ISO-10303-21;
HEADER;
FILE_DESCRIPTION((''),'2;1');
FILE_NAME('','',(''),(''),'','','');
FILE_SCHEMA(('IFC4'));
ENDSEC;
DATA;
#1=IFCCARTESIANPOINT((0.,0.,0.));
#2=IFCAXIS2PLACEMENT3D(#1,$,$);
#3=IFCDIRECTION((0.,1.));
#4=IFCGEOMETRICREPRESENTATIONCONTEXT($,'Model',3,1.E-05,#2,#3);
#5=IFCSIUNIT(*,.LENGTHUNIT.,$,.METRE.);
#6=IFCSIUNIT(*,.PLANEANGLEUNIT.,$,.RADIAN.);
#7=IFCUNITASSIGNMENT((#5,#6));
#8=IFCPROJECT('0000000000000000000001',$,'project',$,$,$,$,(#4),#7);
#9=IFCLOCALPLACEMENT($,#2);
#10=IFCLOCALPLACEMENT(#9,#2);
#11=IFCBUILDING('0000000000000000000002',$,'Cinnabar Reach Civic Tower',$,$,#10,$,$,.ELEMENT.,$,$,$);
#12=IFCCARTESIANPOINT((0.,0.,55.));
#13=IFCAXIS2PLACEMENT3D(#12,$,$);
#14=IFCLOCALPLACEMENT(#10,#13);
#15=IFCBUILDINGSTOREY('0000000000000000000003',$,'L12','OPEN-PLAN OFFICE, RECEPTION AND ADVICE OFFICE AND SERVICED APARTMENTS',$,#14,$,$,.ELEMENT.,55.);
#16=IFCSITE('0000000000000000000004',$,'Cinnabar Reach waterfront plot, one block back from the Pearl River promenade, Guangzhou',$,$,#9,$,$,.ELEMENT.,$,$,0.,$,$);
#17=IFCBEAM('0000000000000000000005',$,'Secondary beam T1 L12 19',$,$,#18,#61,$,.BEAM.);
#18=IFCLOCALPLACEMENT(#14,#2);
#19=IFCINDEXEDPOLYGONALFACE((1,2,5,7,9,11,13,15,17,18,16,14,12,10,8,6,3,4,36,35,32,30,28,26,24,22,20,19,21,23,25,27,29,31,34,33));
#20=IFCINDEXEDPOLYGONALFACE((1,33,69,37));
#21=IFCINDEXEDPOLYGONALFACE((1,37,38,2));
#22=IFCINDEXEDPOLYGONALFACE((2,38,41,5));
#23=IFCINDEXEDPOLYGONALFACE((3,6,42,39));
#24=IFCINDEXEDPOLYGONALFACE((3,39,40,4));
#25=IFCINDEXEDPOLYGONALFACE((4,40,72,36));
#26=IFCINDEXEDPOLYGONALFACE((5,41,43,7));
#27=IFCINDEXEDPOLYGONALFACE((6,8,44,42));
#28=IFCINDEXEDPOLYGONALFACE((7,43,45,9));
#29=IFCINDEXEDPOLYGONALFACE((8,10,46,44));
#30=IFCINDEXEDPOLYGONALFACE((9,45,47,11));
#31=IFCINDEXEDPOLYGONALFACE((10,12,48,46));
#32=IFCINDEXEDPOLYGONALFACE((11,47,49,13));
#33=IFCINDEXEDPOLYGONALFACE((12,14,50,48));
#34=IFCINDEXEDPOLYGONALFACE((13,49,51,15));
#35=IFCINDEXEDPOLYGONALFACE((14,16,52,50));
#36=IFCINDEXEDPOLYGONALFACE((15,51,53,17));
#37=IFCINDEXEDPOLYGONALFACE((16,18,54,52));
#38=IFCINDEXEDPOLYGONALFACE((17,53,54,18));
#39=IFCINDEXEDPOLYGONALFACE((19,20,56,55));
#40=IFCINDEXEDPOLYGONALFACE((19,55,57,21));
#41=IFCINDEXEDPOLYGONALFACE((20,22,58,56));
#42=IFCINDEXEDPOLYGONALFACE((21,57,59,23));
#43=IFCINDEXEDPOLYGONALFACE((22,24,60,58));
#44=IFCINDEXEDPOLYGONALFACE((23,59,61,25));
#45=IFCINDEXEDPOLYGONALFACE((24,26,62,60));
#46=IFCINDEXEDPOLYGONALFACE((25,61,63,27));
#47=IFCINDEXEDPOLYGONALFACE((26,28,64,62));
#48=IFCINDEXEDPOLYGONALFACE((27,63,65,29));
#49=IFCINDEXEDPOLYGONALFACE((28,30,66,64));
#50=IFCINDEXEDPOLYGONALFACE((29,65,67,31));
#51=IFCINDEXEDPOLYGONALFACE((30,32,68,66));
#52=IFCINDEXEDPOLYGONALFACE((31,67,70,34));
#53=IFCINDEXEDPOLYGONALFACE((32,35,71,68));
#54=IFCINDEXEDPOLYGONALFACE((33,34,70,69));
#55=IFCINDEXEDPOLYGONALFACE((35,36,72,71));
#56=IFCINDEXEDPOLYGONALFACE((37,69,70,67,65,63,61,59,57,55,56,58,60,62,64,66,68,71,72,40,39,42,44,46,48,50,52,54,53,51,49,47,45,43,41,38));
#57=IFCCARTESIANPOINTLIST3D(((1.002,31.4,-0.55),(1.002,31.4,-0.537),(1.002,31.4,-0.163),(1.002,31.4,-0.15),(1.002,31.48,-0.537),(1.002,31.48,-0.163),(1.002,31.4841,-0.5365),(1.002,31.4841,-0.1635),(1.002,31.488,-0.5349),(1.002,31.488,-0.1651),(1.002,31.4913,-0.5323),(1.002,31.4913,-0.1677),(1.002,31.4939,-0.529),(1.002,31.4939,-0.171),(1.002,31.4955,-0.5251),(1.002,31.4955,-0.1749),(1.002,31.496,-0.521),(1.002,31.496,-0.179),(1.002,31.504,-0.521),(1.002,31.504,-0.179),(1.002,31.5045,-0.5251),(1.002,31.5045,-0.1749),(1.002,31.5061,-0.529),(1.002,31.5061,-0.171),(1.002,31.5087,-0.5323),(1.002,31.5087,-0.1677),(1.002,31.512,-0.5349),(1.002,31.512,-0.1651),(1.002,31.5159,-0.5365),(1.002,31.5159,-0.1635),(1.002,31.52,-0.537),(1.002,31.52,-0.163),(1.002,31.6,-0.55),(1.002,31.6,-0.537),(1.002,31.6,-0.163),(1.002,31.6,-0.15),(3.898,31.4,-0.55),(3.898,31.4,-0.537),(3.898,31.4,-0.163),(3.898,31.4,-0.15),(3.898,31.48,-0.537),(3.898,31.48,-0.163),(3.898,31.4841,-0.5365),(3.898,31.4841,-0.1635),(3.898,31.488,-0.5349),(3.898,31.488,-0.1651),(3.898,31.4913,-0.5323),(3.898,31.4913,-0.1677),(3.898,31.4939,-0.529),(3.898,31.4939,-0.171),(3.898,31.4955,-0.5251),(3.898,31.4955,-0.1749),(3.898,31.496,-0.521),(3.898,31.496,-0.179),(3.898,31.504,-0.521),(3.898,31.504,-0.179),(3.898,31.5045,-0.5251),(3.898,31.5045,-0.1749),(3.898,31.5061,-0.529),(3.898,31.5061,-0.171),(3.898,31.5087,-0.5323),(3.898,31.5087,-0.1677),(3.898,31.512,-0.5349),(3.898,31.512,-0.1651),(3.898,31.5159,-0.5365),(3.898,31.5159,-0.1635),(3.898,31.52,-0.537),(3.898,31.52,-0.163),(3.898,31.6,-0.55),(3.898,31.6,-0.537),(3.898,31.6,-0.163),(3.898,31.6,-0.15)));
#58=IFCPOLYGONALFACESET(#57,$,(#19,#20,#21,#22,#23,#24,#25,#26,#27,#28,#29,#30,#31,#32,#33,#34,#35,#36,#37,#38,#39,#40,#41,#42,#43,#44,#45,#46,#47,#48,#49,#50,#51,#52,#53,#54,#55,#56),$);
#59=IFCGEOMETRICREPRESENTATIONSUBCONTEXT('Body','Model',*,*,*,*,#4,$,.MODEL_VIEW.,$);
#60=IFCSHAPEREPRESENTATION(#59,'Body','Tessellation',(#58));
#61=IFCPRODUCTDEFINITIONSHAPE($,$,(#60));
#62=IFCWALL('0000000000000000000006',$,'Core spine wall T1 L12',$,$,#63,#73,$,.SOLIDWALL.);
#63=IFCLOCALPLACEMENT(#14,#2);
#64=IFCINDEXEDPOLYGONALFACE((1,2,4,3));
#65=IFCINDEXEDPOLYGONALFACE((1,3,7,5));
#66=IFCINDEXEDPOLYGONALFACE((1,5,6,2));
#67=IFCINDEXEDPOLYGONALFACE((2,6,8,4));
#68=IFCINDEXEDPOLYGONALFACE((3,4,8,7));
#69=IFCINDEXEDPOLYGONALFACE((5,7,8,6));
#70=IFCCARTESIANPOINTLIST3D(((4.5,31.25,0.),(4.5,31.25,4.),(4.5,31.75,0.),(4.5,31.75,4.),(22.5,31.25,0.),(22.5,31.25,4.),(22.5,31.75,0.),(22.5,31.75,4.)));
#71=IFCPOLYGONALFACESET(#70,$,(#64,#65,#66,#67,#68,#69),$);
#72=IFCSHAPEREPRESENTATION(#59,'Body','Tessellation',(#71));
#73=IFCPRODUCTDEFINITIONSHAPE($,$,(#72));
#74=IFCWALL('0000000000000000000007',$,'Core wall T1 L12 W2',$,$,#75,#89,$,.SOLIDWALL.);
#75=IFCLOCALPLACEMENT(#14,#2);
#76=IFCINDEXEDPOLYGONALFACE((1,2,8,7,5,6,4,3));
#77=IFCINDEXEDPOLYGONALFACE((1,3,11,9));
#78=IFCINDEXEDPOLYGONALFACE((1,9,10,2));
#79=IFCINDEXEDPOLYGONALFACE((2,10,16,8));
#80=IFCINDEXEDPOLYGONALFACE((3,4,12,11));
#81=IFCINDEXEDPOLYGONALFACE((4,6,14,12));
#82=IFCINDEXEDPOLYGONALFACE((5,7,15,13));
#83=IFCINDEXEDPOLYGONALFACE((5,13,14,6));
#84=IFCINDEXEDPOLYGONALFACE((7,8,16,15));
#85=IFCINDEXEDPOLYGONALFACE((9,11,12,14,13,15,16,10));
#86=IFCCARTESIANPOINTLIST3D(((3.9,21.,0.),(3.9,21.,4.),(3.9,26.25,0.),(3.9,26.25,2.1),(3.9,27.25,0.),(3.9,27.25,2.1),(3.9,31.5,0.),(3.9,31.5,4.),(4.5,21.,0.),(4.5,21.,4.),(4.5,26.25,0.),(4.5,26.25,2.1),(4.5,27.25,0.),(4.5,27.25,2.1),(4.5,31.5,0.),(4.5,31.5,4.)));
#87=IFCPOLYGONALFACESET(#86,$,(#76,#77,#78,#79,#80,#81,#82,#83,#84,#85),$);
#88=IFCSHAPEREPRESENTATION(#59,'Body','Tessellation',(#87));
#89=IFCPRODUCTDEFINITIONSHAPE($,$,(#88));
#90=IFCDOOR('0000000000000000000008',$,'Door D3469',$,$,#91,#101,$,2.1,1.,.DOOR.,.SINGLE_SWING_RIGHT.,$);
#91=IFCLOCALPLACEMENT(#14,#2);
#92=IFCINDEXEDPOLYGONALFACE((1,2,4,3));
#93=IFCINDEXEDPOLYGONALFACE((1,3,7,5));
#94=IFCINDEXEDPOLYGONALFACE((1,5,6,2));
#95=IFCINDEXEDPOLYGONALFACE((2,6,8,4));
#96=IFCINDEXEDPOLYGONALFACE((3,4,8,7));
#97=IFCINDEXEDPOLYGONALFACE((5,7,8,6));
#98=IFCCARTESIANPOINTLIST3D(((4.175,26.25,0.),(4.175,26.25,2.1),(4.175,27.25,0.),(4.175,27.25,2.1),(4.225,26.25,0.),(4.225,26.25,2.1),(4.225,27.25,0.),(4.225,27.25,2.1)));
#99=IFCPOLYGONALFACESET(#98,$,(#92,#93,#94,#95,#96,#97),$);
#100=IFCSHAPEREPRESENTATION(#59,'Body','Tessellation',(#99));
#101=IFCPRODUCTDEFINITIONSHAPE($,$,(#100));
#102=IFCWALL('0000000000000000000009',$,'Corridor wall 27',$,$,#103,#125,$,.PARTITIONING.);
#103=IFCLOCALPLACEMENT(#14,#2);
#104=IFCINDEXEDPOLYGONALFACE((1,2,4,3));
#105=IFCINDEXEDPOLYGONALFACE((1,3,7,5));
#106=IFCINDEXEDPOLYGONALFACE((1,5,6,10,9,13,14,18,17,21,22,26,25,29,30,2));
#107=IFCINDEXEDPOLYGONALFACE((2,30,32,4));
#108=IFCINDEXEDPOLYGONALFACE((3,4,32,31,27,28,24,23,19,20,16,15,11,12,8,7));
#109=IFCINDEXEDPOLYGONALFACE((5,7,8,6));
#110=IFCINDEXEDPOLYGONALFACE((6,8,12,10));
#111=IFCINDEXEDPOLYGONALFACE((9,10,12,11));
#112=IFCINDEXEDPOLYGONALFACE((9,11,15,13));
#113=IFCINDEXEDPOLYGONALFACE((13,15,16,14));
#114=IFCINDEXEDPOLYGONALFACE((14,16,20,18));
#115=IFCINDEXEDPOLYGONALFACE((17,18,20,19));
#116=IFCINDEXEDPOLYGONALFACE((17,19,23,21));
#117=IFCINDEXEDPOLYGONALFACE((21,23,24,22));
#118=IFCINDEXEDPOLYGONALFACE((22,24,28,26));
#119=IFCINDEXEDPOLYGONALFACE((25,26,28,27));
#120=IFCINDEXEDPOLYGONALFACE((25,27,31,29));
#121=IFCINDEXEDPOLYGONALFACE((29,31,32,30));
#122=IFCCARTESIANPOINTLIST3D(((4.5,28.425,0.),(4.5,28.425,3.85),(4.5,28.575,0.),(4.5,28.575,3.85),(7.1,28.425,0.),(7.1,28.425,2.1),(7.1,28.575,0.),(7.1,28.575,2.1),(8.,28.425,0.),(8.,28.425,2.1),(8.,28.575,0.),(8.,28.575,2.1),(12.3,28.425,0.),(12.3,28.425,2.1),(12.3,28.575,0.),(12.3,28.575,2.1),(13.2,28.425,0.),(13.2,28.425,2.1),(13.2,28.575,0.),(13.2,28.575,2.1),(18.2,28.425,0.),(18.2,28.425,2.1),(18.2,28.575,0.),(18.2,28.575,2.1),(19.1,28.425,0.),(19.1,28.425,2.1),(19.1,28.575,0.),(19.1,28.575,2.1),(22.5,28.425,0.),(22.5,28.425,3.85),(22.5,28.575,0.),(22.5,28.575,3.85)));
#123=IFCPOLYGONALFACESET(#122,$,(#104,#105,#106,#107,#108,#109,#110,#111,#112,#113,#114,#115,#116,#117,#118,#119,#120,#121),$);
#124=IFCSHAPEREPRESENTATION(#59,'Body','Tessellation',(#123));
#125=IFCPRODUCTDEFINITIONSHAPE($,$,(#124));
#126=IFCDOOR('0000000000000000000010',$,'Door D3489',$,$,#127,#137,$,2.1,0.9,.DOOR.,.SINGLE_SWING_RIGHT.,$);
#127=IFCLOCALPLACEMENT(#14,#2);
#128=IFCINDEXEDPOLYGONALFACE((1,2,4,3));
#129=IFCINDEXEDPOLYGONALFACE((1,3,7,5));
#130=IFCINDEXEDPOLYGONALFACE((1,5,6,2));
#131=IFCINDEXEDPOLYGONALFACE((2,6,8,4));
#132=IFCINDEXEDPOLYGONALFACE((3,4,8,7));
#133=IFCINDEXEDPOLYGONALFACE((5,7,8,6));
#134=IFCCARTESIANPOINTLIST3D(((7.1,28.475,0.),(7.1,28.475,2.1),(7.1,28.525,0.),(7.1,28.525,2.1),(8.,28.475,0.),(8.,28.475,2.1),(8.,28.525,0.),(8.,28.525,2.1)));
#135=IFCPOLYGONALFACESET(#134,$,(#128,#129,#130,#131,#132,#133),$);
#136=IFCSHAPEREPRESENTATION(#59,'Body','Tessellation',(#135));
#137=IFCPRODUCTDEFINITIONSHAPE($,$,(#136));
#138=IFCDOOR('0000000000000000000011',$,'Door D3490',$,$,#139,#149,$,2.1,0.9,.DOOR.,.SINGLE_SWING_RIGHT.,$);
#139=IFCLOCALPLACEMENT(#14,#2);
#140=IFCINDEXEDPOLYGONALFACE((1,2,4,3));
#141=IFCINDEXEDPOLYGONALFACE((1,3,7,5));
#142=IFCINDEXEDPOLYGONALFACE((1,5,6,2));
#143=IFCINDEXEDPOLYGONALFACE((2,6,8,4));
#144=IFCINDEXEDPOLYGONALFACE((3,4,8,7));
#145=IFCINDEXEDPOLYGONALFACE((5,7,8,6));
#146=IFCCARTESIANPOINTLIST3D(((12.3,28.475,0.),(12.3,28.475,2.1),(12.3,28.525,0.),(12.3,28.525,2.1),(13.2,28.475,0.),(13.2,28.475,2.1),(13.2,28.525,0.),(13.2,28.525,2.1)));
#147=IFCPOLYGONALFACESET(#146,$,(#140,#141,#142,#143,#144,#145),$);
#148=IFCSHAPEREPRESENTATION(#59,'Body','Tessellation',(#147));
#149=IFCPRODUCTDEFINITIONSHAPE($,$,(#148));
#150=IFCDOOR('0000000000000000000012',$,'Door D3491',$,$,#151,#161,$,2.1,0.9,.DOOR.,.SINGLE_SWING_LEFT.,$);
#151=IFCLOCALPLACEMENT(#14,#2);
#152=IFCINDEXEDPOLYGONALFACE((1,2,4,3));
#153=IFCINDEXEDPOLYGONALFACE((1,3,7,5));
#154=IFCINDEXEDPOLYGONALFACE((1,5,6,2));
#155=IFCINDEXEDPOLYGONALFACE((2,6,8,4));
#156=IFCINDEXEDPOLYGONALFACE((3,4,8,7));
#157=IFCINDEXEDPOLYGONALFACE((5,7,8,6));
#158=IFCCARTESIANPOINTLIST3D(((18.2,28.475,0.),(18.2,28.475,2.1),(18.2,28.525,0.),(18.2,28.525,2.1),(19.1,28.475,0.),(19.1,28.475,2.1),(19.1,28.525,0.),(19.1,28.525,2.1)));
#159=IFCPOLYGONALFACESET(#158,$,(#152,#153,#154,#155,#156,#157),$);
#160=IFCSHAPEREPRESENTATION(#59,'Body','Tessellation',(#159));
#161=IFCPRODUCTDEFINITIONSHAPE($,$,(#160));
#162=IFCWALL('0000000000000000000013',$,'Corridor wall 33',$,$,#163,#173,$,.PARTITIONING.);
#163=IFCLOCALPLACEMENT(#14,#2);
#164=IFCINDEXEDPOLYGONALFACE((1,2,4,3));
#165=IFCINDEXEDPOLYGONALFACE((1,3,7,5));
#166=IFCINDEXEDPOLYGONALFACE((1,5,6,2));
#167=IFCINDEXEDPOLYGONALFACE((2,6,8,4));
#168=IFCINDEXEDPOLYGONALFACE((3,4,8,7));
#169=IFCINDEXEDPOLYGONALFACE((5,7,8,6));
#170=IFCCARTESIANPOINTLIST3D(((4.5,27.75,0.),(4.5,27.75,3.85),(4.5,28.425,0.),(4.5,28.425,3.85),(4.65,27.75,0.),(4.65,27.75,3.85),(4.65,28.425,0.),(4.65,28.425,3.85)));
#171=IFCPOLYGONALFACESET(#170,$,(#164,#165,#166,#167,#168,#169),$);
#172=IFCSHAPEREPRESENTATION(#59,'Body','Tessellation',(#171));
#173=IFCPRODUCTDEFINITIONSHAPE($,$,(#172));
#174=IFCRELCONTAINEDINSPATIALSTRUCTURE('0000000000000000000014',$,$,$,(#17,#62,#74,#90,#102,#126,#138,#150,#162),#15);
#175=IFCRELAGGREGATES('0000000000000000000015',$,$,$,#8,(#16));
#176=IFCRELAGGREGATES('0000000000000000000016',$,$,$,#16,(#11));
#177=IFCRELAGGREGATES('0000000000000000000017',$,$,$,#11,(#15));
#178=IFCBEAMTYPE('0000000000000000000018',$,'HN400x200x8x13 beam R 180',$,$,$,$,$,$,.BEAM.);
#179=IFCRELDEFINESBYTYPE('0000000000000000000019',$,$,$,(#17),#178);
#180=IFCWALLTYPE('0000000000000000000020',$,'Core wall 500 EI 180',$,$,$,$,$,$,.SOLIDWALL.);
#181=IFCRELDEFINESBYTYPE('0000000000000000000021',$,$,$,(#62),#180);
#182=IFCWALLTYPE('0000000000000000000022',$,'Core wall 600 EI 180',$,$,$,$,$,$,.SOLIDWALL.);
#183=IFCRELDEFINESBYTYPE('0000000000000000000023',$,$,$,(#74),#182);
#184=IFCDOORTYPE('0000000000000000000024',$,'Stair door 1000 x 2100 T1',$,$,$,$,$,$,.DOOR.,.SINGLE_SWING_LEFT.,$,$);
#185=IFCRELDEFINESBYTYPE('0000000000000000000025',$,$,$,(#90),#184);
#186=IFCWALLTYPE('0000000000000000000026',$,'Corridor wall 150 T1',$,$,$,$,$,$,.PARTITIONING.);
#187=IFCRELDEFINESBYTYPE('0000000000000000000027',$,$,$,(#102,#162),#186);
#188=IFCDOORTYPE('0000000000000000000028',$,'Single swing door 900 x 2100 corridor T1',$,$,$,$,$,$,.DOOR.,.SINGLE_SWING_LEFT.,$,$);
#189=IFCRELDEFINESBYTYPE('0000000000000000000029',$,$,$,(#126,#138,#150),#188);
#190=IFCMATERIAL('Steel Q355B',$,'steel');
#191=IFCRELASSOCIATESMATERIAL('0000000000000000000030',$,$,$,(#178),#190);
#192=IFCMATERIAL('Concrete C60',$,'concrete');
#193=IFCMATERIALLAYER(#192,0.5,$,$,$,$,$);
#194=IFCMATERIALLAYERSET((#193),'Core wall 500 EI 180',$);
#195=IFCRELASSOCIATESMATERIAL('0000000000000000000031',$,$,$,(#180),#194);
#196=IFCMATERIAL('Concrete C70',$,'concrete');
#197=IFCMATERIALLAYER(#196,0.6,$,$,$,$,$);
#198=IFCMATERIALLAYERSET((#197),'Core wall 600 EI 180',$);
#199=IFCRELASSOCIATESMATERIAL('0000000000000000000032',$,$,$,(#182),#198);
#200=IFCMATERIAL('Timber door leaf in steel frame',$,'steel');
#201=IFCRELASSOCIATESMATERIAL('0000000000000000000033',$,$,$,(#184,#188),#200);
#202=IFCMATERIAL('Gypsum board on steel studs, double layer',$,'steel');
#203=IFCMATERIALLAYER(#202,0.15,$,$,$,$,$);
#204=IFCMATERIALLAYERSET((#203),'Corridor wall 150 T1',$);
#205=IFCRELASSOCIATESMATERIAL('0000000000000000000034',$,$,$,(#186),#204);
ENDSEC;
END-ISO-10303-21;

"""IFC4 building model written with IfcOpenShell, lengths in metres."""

from ifc_helpers import new_model, si_unit, direction, frame, frame_2d, origin, origin_2d, place, context, subcontext, project, spatial, rectangle, i_section, extrude, material, layer, layer_set, material_profile, profile_set, type_object, element, fill, save


model = new_model("IFC4")

# Units and contexts
model_context = context("Model", 3, precision=1e-05, world=origin(), true_north=direction((0.0, 1.0)))
body_context = subcontext(model_context, "Body", "Model", "MODEL_VIEW")
ifc_project = project(units=[si_unit("LENGTHUNIT", "METRE"), si_unit("PLANEANGLEUNIT", "RADIAN")], contexts=[model_context])

# Site, building, storey
site_placement = place(None, origin())
site = spatial("IfcSite", under=ifc_project, at=site_placement, Name="Cinnabar Reach waterfront plot, one block back from the Pearl River promenade, Guangzhou", CompositionType="ELEMENT", RefElevation=0.0)
building_placement = place(site_placement, origin())
building = spatial("IfcBuilding", under=site, at=building_placement, Name="Cinnabar Reach Civic Tower", CompositionType="ELEMENT")
storey_placement = place(building_placement, frame((0.0, 0.0, 55.0)))
storey = spatial("IfcBuildingStorey", under=building, at=storey_placement, Name="L12", Description="OPEN-PLAN OFFICE, RECEPTION AND ADVICE OFFICE AND SERVICED APARTMENTS", CompositionType="ELEMENT", Elevation=55.0)

# Beam
ifc_material_1 = material(Name="Steel Q355B", Category="steel")
ifc_material_profile = material_profile(ifc_material_1, i_section(OverallWidth=0.2, OverallDepth=0.4, WebThickness=0.008, FlangeThickness=0.013, FilletRadius=0.016, at=origin_2d()), Name="HN400x200x8x13")
ifc_profile_set = profile_set([ifc_material_profile], Name="Steel Q355B")
beam_type = type_object("IfcBeamType", Name="HN400x200x8x13 beam R 180", PredefinedType="BEAM", material=ifc_profile_set)
beam_placement = place(storey_placement, frame((1.002, 31.5, -0.35), z_axis=(1.0, 0.0, 0.0), x_axis=(0.0, 1.0, 0.0)))
element("IfcBeam", 1, at=beam_placement, inside=storey, type_object=beam_type, Name="Secondary beam T1 L12 19", PredefinedType="BEAM", context=body_context, shape_type="SweptSolid", body=[
    extrude(i_section(OverallWidth=0.2, OverallDepth=0.4, WebThickness=0.008, FlangeThickness=0.013, FilletRadius=0.016, at=origin_2d()), origin(), (0.0, 0.0, 1.0), 2.896),
])

# Wall
ifc_material_2 = material(Name="Concrete C60", Category="concrete")
ifc_layer_1 = layer(ifc_material_2, 0.5)
ifc_layer_set_1 = layer_set([ifc_layer_1], Name="Core wall 500 EI 180")
wall_type_1 = type_object("IfcWallType", Name="Core wall 500 EI 180", PredefinedType="SOLIDWALL", material=ifc_layer_set_1)
wall_1_placement = place(storey_placement, frame((4.5, 31.5, 0.0), z_axis=(0.0, 0.0, 1.0), x_axis=(1.0, 0.0, 0.0)))
element("IfcWall", 2, at=wall_1_placement, inside=storey, type_object=wall_type_1, Name="Core spine wall T1 L12", PredefinedType="SOLIDWALL", context=body_context, shape_type="SweptSolid", body=[
    extrude(rectangle(XDim=18.0, YDim=0.5, at=frame_2d((9.0, 0.0))), origin(), (0.0, 0.0, 1.0), 4.0),
])

# Wall, opening, door
ifc_material_3 = material(Name="Concrete C70", Category="concrete")
ifc_layer_2 = layer(ifc_material_3, 0.6)
ifc_layer_set_2 = layer_set([ifc_layer_2], Name="Core wall 600 EI 180")
wall_type_2 = type_object("IfcWallType", Name="Core wall 600 EI 180", PredefinedType="SOLIDWALL", material=ifc_layer_set_2)
wall_2_placement = place(storey_placement, frame((4.2, 31.5, 0.0), z_axis=(0.0, 0.0, 1.0), x_axis=(0.0, -1.0, 0.0)))
wall_2 = element("IfcWall", 3, at=wall_2_placement, inside=storey, type_object=wall_type_2, Name="Core wall T1 L12 W2", PredefinedType="SOLIDWALL", context=body_context, shape_type="SweptSolid", body=[
    extrude(rectangle(XDim=10.5, YDim=0.6, at=frame_2d((5.25, 0.0))), origin(), (0.0, 0.0, 1.0), 4.0),
])
opening_1_placement = place(wall_2_placement, frame((4.25, 0.0, 0.0)))
opening_1 = element("IfcOpeningElement", 4, at=opening_1_placement, cuts=wall_2, PredefinedType="OPENING", context=body_context, shape_type="SweptSolid", body=[
    extrude(rectangle(XDim=1.0, YDim=2.1, at=frame_2d((0.5, 1.05))), frame((0.0, 0.31, 0.0), z_axis=(0.0, -1.0, 0.0), x_axis=(1.0, 0.0, 0.0)), (0.0, 0.0, 1.0), 0.62),
])
ifc_material_4 = material(Name="Timber door leaf in steel frame", Category="steel")
door_type_1 = type_object("IfcDoorType", Name="Stair door 1000 x 2100 T1", OperationType="SINGLE_SWING_LEFT", PredefinedType="DOOR", material=ifc_material_4)
door_1_placement = place(opening_1_placement, frame((1.0, 0.0, 0.0), z_axis=(0.0, 0.0, 1.0), x_axis=(-1.0, 0.0, 0.0)))
door_1 = element("IfcDoor", 5, at=door_1_placement, inside=storey, type_object=door_type_1, Name="Door D3469", OperationType="SINGLE_SWING_RIGHT", OverallHeight=2.1, OverallWidth=1.0, PredefinedType="DOOR", context=body_context, shape_type="SweptSolid", body=[
    extrude(rectangle(XDim=1.0, YDim=2.1, at=frame_2d((0.5, 1.05))), frame((0.0, 0.025, 0.0), z_axis=(0.0, -1.0, 0.0), x_axis=(1.0, 0.0, 0.0)), (0.0, 0.0, 1.0), 0.05),
])
fill(opening_1, door_1)

# Wall, openings, doors
ifc_material_5 = material(Name="Gypsum board on steel studs, double layer", Category="steel")
ifc_layer_3 = layer(ifc_material_5, 0.15)
ifc_layer_set_3 = layer_set([ifc_layer_3], Name="Corridor wall 150 T1")
wall_type_3 = type_object("IfcWallType", Name="Corridor wall 150 T1", PredefinedType="PARTITIONING", material=ifc_layer_set_3)
wall_3_placement = place(storey_placement, frame((4.5, 28.5, 0.0), z_axis=(0.0, 0.0, 1.0), x_axis=(1.0, 0.0, 0.0)))
wall_3 = element("IfcWall", 6, at=wall_3_placement, inside=storey, type_object=wall_type_3, Name="Corridor wall 27", PredefinedType="PARTITIONING", context=body_context, shape_type="SweptSolid", body=[
    extrude(rectangle(XDim=18.0, YDim=0.15, at=frame_2d((9.0, 0.0))), origin(), (0.0, 0.0, 1.0), 3.85),
])
opening_2_placement = place(wall_3_placement, frame((2.6, 0.0, 0.0)))
opening_2 = element("IfcOpeningElement", 7, at=opening_2_placement, cuts=wall_3, PredefinedType="OPENING", context=body_context, shape_type="SweptSolid", body=[
    extrude(rectangle(XDim=0.9, YDim=2.1, at=frame_2d((0.45, 1.05))), frame((0.0, 0.085, 0.0), z_axis=(0.0, -1.0, 0.0), x_axis=(1.0, 0.0, 0.0)), (0.0, 0.0, 1.0), 0.17),
])
opening_3_placement = place(wall_3_placement, frame((7.8, 0.0, 0.0)))
opening_3 = element("IfcOpeningElement", 8, at=opening_3_placement, cuts=wall_3, PredefinedType="OPENING", context=body_context, shape_type="SweptSolid", body=[
    extrude(rectangle(XDim=0.9, YDim=2.1, at=frame_2d((0.45, 1.05))), frame((0.0, 0.085, 0.0), z_axis=(0.0, -1.0, 0.0), x_axis=(1.0, 0.0, 0.0)), (0.0, 0.0, 1.0), 0.17),
])
opening_4_placement = place(wall_3_placement, frame((13.7, 0.0, 0.0)))
opening_4 = element("IfcOpeningElement", 9, at=opening_4_placement, cuts=wall_3, PredefinedType="OPENING", context=body_context, shape_type="SweptSolid", body=[
    extrude(rectangle(XDim=0.9, YDim=2.1, at=frame_2d((0.45, 1.05))), frame((0.0, 0.085, 0.0), z_axis=(0.0, -1.0, 0.0), x_axis=(1.0, 0.0, 0.0)), (0.0, 0.0, 1.0), 0.17),
])
door_type_2 = type_object("IfcDoorType", Name="Single swing door 900 x 2100 corridor T1", OperationType="SINGLE_SWING_LEFT", PredefinedType="DOOR", material=ifc_material_4)
door_2_placement = place(opening_2_placement, origin())
door_2 = element("IfcDoor", 10, at=door_2_placement, inside=storey, type_object=door_type_2, Name="Door D3489", OperationType="SINGLE_SWING_RIGHT", OverallHeight=2.1, OverallWidth=0.9, PredefinedType="DOOR", context=body_context, shape_type="SweptSolid", body=[
    extrude(rectangle(XDim=0.9, YDim=2.1, at=frame_2d((0.45, 1.05))), frame((0.0, 0.025, 0.0), z_axis=(0.0, -1.0, 0.0), x_axis=(1.0, 0.0, 0.0)), (0.0, 0.0, 1.0), 0.05),
])
fill(opening_2, door_2)
door_3_placement = place(opening_3_placement, origin())
door_3 = element("IfcDoor", 11, at=door_3_placement, inside=storey, type_object=door_type_2, Name="Door D3490", OperationType="SINGLE_SWING_RIGHT", OverallHeight=2.1, OverallWidth=0.9, PredefinedType="DOOR", context=body_context, shape_type="SweptSolid", body=[
    extrude(rectangle(XDim=0.9, YDim=2.1, at=frame_2d((0.45, 1.05))), frame((0.0, 0.025, 0.0), z_axis=(0.0, -1.0, 0.0), x_axis=(1.0, 0.0, 0.0)), (0.0, 0.0, 1.0), 0.05),
])
fill(opening_3, door_3)
door_4_placement = place(opening_4_placement, origin())
door_4 = element("IfcDoor", 12, at=door_4_placement, inside=storey, type_object=door_type_2, Name="Door D3491", OperationType="SINGLE_SWING_LEFT", OverallHeight=2.1, OverallWidth=0.9, PredefinedType="DOOR", context=body_context, shape_type="SweptSolid", body=[
    extrude(rectangle(XDim=0.9, YDim=2.1, at=frame_2d((0.45, 1.05))), frame((0.0, 0.025, 0.0), z_axis=(0.0, -1.0, 0.0), x_axis=(1.0, 0.0, 0.0)), (0.0, 0.0, 1.0), 0.05),
])
fill(opening_4, door_4)

# Wall
wall_4_placement = place(storey_placement, frame((4.575, 27.75, 0.0), z_axis=(0.0, 0.0, 1.0), x_axis=(0.0, 1.0, 0.0)))
element("IfcWall", 13, at=wall_4_placement, inside=storey, type_object=wall_type_3, Name="Corridor wall 33", PredefinedType="PARTITIONING", context=body_context, shape_type="SweptSolid", body=[
    extrude(rectangle(XDim=0.675, YDim=0.15, at=frame_2d((0.3375, 0.0))), origin(), (0.0, 0.0, 1.0), 3.85),
])

save(model, "model.ifc")
